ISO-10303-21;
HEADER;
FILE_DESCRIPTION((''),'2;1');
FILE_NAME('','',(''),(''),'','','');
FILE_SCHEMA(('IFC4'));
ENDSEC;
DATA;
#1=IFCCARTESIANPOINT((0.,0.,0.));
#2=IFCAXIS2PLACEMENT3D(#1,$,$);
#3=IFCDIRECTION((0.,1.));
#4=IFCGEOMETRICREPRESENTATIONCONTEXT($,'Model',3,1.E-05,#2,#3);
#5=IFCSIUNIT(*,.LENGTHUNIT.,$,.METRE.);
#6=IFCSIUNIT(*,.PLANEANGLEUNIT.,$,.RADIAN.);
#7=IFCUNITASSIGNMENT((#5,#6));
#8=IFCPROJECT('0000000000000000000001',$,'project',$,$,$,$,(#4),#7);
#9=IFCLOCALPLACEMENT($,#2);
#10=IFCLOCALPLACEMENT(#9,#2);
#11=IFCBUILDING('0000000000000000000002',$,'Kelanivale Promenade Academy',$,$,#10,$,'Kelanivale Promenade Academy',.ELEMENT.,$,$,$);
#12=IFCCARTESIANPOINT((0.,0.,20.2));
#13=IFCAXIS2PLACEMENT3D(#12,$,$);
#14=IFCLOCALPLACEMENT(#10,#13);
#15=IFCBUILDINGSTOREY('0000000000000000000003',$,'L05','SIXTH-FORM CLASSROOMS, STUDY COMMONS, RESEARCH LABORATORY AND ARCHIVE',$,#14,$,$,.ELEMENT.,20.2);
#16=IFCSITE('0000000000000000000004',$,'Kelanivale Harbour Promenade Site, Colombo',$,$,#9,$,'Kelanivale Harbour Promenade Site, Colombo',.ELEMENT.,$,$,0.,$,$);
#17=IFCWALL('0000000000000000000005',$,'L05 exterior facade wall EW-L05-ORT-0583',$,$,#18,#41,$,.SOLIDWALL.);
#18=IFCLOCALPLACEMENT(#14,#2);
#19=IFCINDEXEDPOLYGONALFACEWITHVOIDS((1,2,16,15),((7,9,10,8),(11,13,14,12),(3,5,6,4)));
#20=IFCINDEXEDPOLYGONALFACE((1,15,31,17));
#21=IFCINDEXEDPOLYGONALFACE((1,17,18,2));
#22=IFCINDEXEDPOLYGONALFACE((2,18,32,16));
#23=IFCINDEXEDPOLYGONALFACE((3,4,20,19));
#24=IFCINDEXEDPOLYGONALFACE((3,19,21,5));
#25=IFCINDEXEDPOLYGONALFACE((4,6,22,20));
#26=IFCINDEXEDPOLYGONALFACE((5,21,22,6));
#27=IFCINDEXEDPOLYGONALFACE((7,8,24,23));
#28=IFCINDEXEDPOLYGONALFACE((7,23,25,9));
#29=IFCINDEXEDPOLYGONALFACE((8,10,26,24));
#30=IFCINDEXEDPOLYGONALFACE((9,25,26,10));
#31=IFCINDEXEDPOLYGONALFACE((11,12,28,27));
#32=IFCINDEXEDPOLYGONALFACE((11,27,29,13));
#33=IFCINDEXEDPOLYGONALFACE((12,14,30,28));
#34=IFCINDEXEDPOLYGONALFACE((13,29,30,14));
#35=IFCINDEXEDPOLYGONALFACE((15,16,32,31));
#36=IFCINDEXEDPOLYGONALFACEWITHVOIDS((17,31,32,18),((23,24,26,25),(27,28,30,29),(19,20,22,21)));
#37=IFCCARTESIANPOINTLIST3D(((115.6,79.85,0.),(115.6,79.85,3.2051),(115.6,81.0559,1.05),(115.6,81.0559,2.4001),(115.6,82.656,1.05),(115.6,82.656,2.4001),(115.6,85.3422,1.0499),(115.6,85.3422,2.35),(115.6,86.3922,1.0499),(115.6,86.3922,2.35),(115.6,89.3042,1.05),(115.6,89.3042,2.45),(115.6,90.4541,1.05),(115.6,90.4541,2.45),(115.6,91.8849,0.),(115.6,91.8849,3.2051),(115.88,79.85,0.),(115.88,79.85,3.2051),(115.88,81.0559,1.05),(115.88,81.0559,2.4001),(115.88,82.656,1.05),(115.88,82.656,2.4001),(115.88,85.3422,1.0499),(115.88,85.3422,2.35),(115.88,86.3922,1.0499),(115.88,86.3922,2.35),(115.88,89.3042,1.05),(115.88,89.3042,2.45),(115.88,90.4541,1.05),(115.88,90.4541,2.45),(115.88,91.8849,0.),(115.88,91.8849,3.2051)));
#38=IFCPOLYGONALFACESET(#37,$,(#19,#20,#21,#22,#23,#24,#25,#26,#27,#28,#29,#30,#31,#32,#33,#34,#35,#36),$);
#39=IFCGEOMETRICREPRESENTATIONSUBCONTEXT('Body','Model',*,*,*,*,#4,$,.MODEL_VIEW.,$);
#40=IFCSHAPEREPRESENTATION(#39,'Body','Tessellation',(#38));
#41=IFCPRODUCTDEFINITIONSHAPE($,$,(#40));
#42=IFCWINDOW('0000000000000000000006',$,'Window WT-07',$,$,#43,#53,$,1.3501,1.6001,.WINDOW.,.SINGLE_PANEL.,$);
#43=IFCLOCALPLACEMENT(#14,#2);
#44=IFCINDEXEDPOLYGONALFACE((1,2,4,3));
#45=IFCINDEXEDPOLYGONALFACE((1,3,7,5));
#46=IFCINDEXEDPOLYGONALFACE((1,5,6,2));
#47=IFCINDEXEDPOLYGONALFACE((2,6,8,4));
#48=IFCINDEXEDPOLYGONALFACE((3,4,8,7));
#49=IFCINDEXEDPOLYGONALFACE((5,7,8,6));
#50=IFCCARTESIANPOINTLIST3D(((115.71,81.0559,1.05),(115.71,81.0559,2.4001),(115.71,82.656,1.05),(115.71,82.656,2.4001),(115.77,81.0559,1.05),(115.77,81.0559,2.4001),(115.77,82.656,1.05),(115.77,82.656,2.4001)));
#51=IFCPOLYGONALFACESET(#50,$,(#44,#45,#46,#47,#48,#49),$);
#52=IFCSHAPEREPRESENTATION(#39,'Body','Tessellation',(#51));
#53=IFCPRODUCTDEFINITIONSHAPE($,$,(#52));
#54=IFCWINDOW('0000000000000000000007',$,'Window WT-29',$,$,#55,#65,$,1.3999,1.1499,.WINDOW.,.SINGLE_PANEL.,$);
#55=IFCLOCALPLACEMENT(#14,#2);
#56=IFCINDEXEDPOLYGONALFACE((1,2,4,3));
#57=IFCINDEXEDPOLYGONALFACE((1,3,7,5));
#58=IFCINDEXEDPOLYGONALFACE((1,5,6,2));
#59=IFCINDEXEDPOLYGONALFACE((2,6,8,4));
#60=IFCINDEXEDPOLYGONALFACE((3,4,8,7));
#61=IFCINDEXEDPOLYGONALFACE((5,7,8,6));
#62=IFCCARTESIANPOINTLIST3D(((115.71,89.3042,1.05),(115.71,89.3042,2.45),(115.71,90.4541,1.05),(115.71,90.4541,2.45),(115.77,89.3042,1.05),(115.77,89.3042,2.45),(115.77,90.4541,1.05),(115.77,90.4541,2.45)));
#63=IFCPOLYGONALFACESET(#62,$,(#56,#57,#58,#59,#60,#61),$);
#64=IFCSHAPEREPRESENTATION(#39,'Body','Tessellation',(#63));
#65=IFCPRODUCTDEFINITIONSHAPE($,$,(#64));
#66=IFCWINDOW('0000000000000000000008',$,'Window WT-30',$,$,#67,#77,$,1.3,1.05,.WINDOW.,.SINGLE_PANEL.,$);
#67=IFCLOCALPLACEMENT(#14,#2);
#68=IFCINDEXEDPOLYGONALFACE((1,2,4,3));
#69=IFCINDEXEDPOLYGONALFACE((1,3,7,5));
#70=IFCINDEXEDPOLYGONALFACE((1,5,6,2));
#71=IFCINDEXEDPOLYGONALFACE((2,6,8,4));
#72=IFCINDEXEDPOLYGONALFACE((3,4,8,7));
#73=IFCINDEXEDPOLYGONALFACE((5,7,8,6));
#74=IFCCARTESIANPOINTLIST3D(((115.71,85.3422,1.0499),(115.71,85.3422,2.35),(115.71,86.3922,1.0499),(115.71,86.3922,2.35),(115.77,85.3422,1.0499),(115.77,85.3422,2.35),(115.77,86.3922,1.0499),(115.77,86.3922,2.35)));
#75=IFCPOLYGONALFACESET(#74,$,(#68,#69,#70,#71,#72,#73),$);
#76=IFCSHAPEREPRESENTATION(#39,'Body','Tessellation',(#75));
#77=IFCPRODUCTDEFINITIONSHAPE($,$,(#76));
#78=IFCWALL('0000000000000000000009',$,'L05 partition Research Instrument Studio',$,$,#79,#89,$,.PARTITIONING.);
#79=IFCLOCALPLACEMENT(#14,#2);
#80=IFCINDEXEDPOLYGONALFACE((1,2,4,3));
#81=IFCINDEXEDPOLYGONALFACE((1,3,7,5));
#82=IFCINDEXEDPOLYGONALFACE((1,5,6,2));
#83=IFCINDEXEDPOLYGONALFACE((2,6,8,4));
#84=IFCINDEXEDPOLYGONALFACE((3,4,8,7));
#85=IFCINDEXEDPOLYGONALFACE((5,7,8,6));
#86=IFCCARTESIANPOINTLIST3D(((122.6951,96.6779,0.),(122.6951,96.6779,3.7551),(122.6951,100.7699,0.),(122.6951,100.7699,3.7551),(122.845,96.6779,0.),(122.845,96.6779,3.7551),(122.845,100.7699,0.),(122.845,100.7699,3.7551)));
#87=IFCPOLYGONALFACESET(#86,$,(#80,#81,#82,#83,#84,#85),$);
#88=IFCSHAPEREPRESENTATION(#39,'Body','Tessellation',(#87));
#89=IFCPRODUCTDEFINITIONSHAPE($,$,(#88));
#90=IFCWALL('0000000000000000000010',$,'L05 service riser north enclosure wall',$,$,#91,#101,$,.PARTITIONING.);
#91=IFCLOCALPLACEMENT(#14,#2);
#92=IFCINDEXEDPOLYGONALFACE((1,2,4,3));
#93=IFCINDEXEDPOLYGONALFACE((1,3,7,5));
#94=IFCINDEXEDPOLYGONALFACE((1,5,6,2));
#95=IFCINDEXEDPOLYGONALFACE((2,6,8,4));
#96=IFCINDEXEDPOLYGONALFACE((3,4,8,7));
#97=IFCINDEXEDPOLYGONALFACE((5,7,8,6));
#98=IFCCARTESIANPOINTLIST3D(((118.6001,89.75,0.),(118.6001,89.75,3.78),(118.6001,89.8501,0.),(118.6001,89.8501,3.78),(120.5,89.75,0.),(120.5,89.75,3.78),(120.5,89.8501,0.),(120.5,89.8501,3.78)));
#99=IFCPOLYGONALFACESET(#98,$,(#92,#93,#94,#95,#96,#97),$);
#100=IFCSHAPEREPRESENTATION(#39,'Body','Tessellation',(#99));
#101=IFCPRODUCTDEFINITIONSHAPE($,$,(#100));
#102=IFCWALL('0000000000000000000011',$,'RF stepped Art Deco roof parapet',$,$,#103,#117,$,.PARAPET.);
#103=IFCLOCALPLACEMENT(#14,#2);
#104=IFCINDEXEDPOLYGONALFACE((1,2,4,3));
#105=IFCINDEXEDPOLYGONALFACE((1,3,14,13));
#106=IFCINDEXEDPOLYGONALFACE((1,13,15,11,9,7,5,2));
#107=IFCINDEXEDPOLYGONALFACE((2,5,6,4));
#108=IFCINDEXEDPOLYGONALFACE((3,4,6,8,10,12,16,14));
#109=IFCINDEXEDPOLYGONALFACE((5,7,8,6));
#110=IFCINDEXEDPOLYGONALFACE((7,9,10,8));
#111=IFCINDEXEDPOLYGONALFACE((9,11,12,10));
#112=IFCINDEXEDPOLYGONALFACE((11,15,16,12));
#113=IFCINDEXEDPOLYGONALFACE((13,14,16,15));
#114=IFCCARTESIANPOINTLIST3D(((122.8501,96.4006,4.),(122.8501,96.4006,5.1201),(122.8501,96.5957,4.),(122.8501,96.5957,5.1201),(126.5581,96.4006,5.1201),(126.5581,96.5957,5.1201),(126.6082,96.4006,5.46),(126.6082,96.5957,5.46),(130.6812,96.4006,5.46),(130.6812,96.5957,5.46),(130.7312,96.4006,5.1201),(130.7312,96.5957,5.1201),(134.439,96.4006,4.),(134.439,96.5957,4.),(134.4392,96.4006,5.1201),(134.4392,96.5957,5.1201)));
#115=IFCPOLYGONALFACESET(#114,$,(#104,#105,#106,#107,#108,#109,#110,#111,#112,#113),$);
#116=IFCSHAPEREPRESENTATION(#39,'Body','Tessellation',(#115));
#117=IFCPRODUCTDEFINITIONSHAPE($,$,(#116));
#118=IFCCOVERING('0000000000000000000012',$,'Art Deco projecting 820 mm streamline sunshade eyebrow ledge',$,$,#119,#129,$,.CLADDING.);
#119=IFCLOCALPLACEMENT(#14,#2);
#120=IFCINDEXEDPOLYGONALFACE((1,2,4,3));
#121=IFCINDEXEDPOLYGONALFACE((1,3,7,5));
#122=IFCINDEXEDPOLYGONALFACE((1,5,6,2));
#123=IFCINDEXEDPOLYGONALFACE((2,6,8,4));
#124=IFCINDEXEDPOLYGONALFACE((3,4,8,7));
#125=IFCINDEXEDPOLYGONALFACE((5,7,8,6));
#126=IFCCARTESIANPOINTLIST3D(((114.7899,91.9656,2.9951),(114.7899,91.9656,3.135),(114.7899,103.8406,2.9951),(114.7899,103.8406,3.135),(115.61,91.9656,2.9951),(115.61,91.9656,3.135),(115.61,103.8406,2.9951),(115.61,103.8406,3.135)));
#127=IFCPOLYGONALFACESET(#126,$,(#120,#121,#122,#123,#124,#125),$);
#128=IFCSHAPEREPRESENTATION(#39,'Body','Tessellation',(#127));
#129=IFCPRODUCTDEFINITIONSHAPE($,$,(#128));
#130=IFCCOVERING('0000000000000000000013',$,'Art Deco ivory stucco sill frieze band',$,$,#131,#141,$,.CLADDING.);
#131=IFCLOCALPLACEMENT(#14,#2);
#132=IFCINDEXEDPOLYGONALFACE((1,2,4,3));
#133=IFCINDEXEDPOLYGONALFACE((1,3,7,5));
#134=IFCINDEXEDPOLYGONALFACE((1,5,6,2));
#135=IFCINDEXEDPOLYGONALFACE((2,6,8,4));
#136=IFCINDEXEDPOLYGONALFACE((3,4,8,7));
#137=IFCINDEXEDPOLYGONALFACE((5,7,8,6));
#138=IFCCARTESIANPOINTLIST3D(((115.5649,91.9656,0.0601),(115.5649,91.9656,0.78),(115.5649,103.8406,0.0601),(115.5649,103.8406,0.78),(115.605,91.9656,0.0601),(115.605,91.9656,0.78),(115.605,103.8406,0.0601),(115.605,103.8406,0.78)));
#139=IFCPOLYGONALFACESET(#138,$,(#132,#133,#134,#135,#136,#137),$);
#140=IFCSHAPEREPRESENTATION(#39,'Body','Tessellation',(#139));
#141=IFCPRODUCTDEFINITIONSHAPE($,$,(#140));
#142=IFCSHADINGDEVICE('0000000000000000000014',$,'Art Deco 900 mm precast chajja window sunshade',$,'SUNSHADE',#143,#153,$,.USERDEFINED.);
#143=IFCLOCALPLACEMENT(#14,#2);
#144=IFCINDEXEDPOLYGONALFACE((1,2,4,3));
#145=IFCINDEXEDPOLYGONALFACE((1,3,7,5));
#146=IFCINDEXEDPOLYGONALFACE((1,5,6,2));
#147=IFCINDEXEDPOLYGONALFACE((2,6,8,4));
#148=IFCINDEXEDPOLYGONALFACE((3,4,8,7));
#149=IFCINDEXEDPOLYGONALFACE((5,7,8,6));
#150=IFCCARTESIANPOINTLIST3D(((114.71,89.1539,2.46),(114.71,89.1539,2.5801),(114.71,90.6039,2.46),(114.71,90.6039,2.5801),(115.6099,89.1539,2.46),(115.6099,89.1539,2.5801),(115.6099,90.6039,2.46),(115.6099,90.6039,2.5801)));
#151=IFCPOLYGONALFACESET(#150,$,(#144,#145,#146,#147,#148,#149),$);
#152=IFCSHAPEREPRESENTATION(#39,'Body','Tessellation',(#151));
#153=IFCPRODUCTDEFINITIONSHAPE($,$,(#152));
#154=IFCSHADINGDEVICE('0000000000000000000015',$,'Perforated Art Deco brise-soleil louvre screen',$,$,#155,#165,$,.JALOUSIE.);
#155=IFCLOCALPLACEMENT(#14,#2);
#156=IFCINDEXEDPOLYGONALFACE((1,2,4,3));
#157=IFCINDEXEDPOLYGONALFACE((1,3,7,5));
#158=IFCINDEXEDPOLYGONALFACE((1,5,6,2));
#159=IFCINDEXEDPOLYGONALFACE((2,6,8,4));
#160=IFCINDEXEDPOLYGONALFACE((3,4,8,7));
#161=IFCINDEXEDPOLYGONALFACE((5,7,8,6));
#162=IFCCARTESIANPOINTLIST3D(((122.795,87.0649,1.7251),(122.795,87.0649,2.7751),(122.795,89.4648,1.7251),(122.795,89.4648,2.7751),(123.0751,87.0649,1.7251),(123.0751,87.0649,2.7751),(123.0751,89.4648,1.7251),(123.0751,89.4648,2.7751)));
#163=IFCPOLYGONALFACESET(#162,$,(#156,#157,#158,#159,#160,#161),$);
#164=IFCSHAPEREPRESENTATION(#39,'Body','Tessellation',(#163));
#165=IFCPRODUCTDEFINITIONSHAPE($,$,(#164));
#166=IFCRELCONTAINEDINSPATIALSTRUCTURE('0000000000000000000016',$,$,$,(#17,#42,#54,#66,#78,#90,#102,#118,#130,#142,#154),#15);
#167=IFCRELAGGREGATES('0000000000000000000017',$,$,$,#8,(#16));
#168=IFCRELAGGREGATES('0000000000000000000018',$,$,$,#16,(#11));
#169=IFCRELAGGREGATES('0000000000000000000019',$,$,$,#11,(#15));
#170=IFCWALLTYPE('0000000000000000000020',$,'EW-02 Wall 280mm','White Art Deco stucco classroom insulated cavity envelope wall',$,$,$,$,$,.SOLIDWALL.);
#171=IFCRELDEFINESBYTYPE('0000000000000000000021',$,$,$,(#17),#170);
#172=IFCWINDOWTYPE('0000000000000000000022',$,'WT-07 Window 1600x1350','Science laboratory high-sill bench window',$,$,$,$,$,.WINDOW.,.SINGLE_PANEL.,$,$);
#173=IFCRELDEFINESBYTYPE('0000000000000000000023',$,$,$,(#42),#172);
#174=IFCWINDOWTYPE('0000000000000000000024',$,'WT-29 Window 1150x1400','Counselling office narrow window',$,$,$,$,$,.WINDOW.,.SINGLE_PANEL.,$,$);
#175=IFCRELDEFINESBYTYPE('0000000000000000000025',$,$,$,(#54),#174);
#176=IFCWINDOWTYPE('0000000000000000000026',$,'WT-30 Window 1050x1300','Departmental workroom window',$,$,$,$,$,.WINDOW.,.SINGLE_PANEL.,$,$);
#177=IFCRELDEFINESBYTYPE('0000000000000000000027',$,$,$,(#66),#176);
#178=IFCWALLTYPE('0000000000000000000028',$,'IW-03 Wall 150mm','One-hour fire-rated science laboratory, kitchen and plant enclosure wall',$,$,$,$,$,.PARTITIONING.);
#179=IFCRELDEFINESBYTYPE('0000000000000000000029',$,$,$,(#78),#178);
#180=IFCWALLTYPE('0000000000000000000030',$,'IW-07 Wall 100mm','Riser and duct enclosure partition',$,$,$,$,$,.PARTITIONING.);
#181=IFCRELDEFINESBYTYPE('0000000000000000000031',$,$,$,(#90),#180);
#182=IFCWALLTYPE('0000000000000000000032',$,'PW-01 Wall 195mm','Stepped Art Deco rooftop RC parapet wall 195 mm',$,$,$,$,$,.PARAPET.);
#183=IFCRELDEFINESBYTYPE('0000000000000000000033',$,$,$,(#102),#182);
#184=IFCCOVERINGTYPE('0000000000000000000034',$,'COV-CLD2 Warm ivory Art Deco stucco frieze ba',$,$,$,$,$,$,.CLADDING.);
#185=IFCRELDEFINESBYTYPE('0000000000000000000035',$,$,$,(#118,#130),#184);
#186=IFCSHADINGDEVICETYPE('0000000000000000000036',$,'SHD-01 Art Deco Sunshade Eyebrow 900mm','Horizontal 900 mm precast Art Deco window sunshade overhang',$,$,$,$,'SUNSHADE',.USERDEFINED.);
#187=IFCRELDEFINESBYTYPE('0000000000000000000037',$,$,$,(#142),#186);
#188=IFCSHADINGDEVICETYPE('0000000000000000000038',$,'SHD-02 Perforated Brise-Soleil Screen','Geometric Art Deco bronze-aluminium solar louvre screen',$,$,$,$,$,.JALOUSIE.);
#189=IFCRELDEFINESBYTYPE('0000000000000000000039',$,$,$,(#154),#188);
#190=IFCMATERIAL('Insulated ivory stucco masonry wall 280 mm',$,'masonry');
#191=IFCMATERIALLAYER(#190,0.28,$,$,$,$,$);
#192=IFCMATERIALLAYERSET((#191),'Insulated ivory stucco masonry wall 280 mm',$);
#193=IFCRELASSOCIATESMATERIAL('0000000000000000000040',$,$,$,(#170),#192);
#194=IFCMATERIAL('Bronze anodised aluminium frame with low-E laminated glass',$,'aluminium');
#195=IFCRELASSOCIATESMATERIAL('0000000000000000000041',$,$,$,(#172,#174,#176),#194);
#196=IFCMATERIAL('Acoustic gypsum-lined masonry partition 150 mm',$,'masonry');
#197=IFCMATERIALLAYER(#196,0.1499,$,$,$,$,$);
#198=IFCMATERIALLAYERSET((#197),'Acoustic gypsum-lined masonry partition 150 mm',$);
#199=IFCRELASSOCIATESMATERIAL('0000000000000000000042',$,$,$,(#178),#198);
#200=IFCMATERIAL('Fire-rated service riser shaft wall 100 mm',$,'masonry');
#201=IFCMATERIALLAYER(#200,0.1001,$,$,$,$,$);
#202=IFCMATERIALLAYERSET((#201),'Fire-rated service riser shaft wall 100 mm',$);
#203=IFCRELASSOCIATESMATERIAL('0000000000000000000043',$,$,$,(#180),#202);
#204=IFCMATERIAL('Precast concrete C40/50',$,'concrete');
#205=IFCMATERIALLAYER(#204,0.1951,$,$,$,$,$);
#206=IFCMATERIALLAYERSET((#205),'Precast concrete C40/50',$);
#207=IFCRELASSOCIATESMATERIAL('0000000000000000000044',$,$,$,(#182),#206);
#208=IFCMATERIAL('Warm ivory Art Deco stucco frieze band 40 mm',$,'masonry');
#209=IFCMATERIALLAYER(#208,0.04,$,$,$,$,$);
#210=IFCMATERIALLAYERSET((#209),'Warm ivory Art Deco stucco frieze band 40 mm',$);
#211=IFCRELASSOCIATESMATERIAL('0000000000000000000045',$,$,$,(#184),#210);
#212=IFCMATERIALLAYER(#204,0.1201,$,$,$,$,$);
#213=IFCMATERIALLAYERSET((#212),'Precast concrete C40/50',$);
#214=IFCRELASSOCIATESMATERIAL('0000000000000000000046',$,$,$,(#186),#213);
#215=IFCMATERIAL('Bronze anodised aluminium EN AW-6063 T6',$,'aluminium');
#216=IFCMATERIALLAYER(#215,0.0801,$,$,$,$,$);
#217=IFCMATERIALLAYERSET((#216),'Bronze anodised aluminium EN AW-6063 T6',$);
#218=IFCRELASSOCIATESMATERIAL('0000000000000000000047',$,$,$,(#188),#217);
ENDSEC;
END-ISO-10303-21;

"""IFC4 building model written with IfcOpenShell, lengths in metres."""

from ifc_helpers import new_model, si_unit, direction, frame, frame_2d, origin, origin_2d, place, context, subcontext, project, spatial, polyline, rectangle, outline, extrude, material, layer, layer_set, type_object, element, fill, save


model = new_model("IFC4")

# Units and contexts
model_context = context("Model", 3, precision=1e-05, world=origin(), true_north=direction((0.0, 1.0)))
body_context = subcontext(model_context, "Body", "Model", "MODEL_VIEW")
ifc_project = project(units=[si_unit("LENGTHUNIT", "METRE"), si_unit("PLANEANGLEUNIT", "RADIAN")], contexts=[model_context])

# Site, building, storey
site_placement = place(None, origin())
site = spatial("IfcSite", under=ifc_project, at=site_placement, Name="Kelanivale Harbour Promenade Site, Colombo", LongName="Kelanivale Harbour Promenade Site, Colombo", CompositionType="ELEMENT", RefElevation=0.0)
building_placement = place(site_placement, origin())
building = spatial("IfcBuilding", under=site, at=building_placement, Name="Kelanivale Promenade Academy", LongName="Kelanivale Promenade Academy", CompositionType="ELEMENT")
storey_placement = place(building_placement, frame((0.0, 0.0, 20.2)))
storey = spatial("IfcBuildingStorey", under=building, at=storey_placement, Name="L05", Description="SIXTH-FORM CLASSROOMS, STUDY COMMONS, RESEARCH LABORATORY AND ARCHIVE", CompositionType="ELEMENT", Elevation=20.2)

# Wall, openings, windows
ifc_material_1 = material(Name="Insulated ivory stucco masonry wall 280 mm", Category="masonry")
ifc_layer_1 = layer(ifc_material_1, 0.28)
ifc_layer_set_1 = layer_set([ifc_layer_1], Name="Insulated ivory stucco masonry wall 280 mm")
wall_type_1 = type_object("IfcWallType", Name="EW-02 Wall 280mm", Description="White Art Deco stucco classroom insulated cavity envelope wall", PredefinedType="SOLIDWALL", material=ifc_layer_set_1)
ifc_material_2 = material(Name="Bronze anodised aluminium frame with low-E laminated glass", Category="aluminium")
wall_1_placement = place(storey_placement, frame((115.74, 91.885, 0.0), z_axis=(0.0, 0.0, 1.0), x_axis=(0.0, -1.0, 0.0)))
wall_1 = element("IfcWall", 1, at=wall_1_placement, inside=storey, type_object=wall_type_1, Name="L05 exterior facade wall EW-L05-ORT-0583", PredefinedType="SOLIDWALL", context=body_context, shape_type="SweptSolid", body=[
    extrude(rectangle(XDim=12.0349, YDim=0.28, at=frame_2d((6.0176, 0.0))), origin(), (0.0, 0.0, 1.0), 3.2051),
])
opening_1_placement = place(wall_1_placement, frame((1.4309, 0.0, 1.05)))
opening_1 = element("IfcOpeningElement", 2, at=opening_1_placement, cuts=wall_1, PredefinedType="OPENING", context=body_context, shape_type="SweptSolid", body=[
    extrude(rectangle(XDim=1.1499, YDim=1.3999, at=frame_2d((0.575, 0.7))), frame((0.0, 0.1499, 0.0), z_axis=(0.0, -1.0, 0.0), x_axis=(1.0, 0.0, 0.0)), (0.0, 0.0, 1.0), 0.3),
])
opening_2_placement = place(wall_1_placement, frame((5.4929, 0.0, 1.05)))
opening_2 = element("IfcOpeningElement", 3, at=opening_2_placement, cuts=wall_1, PredefinedType="OPENING", context=body_context, shape_type="SweptSolid", body=[
    extrude(rectangle(XDim=1.05, YDim=1.3, at=frame_2d((0.5249, 0.6499))), frame((0.0, 0.1499, 0.0), z_axis=(0.0, -1.0, 0.0), x_axis=(1.0, 0.0, 0.0)), (0.0, 0.0, 1.0), 0.3),
])
opening_3_placement = place(wall_1_placement, frame((9.229, 0.0, 1.05)))
opening_3 = element("IfcOpeningElement", 4, at=opening_3_placement, cuts=wall_1, PredefinedType="OPENING", context=body_context, shape_type="SweptSolid", body=[
    extrude(rectangle(XDim=1.6001, YDim=1.3501, at=frame_2d((0.8, 0.675))), frame((0.0, 0.1499, 0.0), z_axis=(0.0, -1.0, 0.0), x_axis=(1.0, 0.0, 0.0)), (0.0, 0.0, 1.0), 0.3),
])
window_type_1 = type_object("IfcWindowType", Name="WT-07 Window 1600x1350", Description="Science laboratory high-sill bench window", PartitioningType="SINGLE_PANEL", PredefinedType="WINDOW", material=ifc_material_2)
window_1_placement = place(opening_3_placement, origin())
window_1 = element("IfcWindow", 5, at=window_1_placement, inside=storey, type_object=window_type_1, Name="Window WT-07", OverallHeight=1.3501, OverallWidth=1.6001, PartitioningType="SINGLE_PANEL", PredefinedType="WINDOW", context=body_context, shape_type="SweptSolid", body=[
    extrude(rectangle(XDim=1.6001, YDim=1.3501, at=frame_2d((0.8, 0.675))), frame((0.0, 0.03, 0.0), z_axis=(0.0, -1.0, 0.0), x_axis=(1.0, 0.0, 0.0)), (0.0, 0.0, 1.0), 0.0601),
])
fill(opening_3, window_1)
window_type_2 = type_object("IfcWindowType", Name="WT-29 Window 1150x1400", Description="Counselling office narrow window", PartitioningType="SINGLE_PANEL", PredefinedType="WINDOW", material=ifc_material_2)
window_2_placement = place(opening_1_placement, origin())
window_2 = element("IfcWindow", 6, at=window_2_placement, inside=storey, type_object=window_type_2, Name="Window WT-29", OverallHeight=1.3999, OverallWidth=1.1499, PartitioningType="SINGLE_PANEL", PredefinedType="WINDOW", context=body_context, shape_type="SweptSolid", body=[
    extrude(rectangle(XDim=1.1499, YDim=1.3999, at=frame_2d((0.575, 0.7))), frame((0.0, 0.03, 0.0), z_axis=(0.0, -1.0, 0.0), x_axis=(1.0, 0.0, 0.0)), (0.0, 0.0, 1.0), 0.0601),
])
fill(opening_1, window_2)
window_type_3 = type_object("IfcWindowType", Name="WT-30 Window 1050x1300", Description="Departmental workroom window", PartitioningType="SINGLE_PANEL", PredefinedType="WINDOW", material=ifc_material_2)
window_3_placement = place(opening_2_placement, origin())
window_3 = element("IfcWindow", 7, at=window_3_placement, inside=storey, type_object=window_type_3, Name="Window WT-30", OverallHeight=1.3, OverallWidth=1.05, PartitioningType="SINGLE_PANEL", PredefinedType="WINDOW", context=body_context, shape_type="SweptSolid", body=[
    extrude(rectangle(XDim=1.05, YDim=1.3, at=frame_2d((0.5249, 0.6499))), frame((0.0, 0.03, 0.0), z_axis=(0.0, -1.0, 0.0), x_axis=(1.0, 0.0, 0.0)), (0.0, 0.0, 1.0), 0.0601),
])
fill(opening_2, window_3)

# Walls
ifc_material_3 = material(Name="Acoustic gypsum-lined masonry partition 150 mm", Category="masonry")
ifc_layer_2 = layer(ifc_material_3, 0.1499)
ifc_layer_set_2 = layer_set([ifc_layer_2], Name="Acoustic gypsum-lined masonry partition 150 mm")
wall_type_2 = type_object("IfcWallType", Name="IW-03 Wall 150mm", Description="One-hour fire-rated science laboratory, kitchen and plant enclosure wall", PredefinedType="PARTITIONING", material=ifc_layer_set_2)
wall_2_placement = place(storey_placement, frame((122.77, 96.678, 0.0), z_axis=(0.0, 0.0, 1.0), x_axis=(0.0, 1.0, 0.0)))
element("IfcWall", 8, at=wall_2_placement, inside=storey, type_object=wall_type_2, Name="L05 partition Research Instrument Studio", PredefinedType="PARTITIONING", context=body_context, shape_type="SweptSolid", body=[
    extrude(rectangle(XDim=4.092, YDim=0.1499, at=frame_2d((2.0459, 0.0))), origin(), (0.0, 0.0, 1.0), 3.7551),
])
ifc_material_4 = material(Name="Fire-rated service riser shaft wall 100 mm", Category="masonry")
ifc_layer_3 = layer(ifc_material_4, 0.1001)
ifc_layer_set_3 = layer_set([ifc_layer_3], Name="Fire-rated service riser shaft wall 100 mm")
wall_type_3 = type_object("IfcWallType", Name="IW-07 Wall 100mm", Description="Riser and duct enclosure partition", PredefinedType="PARTITIONING", material=ifc_layer_set_3)
wall_3_placement = place(storey_placement, frame((118.6001, 89.8, 0.0), z_axis=(0.0, 0.0, 1.0), x_axis=(1.0, 0.0, 0.0)))
element("IfcWall", 9, at=wall_3_placement, inside=storey, type_object=wall_type_3, Name="L05 service riser north enclosure wall", PredefinedType="PARTITIONING", context=body_context, shape_type="SweptSolid", body=[
    extrude(rectangle(XDim=1.8999, YDim=0.1001, at=frame_2d((0.95, 0.0))), origin(), (0.0, 0.0, 1.0), 3.78),
])
ifc_material_5 = material(Name="Precast concrete C40/50", Category="concrete")
ifc_layer_4 = layer(ifc_material_5, 0.1951)
ifc_layer_set_4 = layer_set([ifc_layer_4], Name="Precast concrete C40/50")
wall_type_4 = type_object("IfcWallType", Name="PW-01 Wall 195mm", Description="Stepped Art Deco rooftop RC parapet wall 195 mm", PredefinedType="PARAPET", material=ifc_layer_set_4)
wall_4_placement = place(storey_placement, frame((122.8501, 96.498, 4.0), z_axis=(0.0, 0.0, 1.0), x_axis=(1.0, 0.0, 0.0)))
element("IfcWall", 10, at=wall_4_placement, inside=storey, type_object=wall_type_4, Name="RF stepped Art Deco roof parapet", PredefinedType="PARAPET", context=body_context, shape_type="SweptSolid", body=[
    extrude(outline(polyline([(0.0, 0.0), (11.5889, 0.0), (11.5891, 1.1201), (7.8811, 1.1201), (7.8311, 1.46), (3.7581, 1.46), (3.708, 1.1201), (0.0, 1.1201), (0.0, 0.0)])), frame((0.0, 0.0977, 0.0), z_axis=(0.0, -1.0, 0.0), x_axis=(1.0, 0.0, 0.0)), (0.0, 0.0, 1.0), 0.1951),
])

# Coverings
ifc_material_6 = material(Name="Warm ivory Art Deco stucco frieze band 40 mm", Category="masonry")
ifc_layer_5 = layer(ifc_material_6, 0.04)
ifc_layer_set_5 = layer_set([ifc_layer_5], Name="Warm ivory Art Deco stucco frieze band 40 mm")
covering_type = type_object("IfcCoveringType", Name="COV-CLD2 Warm ivory Art Deco stucco frieze ba", PredefinedType="CLADDING", material=ifc_layer_set_5)
covering_1_placement = place(storey_placement, frame((115.2, 97.9031, 2.9951), z_axis=(0.0, 0.0, 1.0), x_axis=(0.0, -1.0, 0.0)))
element("IfcCovering", 11, at=covering_1_placement, inside=storey, type_object=covering_type, Name="Art Deco projecting 820 mm streamline sunshade eyebrow ledge", PredefinedType="CLADDING", context=body_context, shape_type="SweptSolid", body=[
    extrude(rectangle(XDim=11.875, YDim=0.8201, at=origin_2d()), origin(), (0.0, 0.0, 1.0), 0.1399),
])
covering_2_placement = place(storey_placement, frame((115.585, 97.9031, 0.0601), z_axis=(0.0, 0.0, 1.0), x_axis=(0.0, -1.0, 0.0)))
element("IfcCovering", 12, at=covering_2_placement, inside=storey, type_object=covering_type, Name="Art Deco ivory stucco sill frieze band", PredefinedType="CLADDING", context=body_context, shape_type="SweptSolid", body=[
    extrude(rectangle(XDim=11.875, YDim=0.04, at=origin_2d()), origin(), (0.0, 0.0, 1.0), 0.72),
])

# Shading devices
ifc_layer_6 = layer(ifc_material_5, 0.1201)
ifc_layer_set_6 = layer_set([ifc_layer_6], Name="Precast concrete C40/50")
shading_device_type_1 = type_object("IfcShadingDeviceType", Name="SHD-01 Art Deco Sunshade Eyebrow 900mm", Description="Horizontal 900 mm precast Art Deco window sunshade overhang", ElementType="SUNSHADE", PredefinedType="USERDEFINED", material=ifc_layer_set_6)
shading_device_placement = place(storey_placement, frame((115.1599, 89.8789, 2.46), z_axis=(0.0, 0.0, 1.0), x_axis=(0.0, -1.0, 0.0)))
element("IfcShadingDevice", 13, at=shading_device_placement, inside=storey, type_object=shading_device_type_1, Name="Art Deco 900 mm precast chajja window sunshade", ObjectType="SUNSHADE", PredefinedType="USERDEFINED", context=body_context, shape_type="SweptSolid", body=[
    extrude(rectangle(XDim=1.45, YDim=0.8999, at=origin_2d()), origin(), (0.0, 0.0, 1.0), 0.1201),
])
ifc_material_7 = material(Name="Bronze anodised aluminium EN AW-6063 T6", Category="aluminium")
ifc_layer_7 = layer(ifc_material_7, 0.0801)
ifc_layer_set_7 = layer_set([ifc_layer_7], Name="Bronze anodised aluminium EN AW-6063 T6")
shading_device_type_2 = type_object("IfcShadingDeviceType", Name="SHD-02 Perforated Brise-Soleil Screen", Description="Geometric Art Deco bronze-aluminium solar louvre screen", PredefinedType="JALOUSIE", material=ifc_layer_set_7)
for number, where, z_axis, x_axis, name in (
    (14, (122.9351, 88.2649, 1.7251), (0.0, 0.0, 1.0), (0.0, 1.0, 0.0), "Perforated Art Deco brise-soleil louvre screen"),
):
    element("IfcShadingDevice", number, at=place(storey_placement, frame(where, z_axis=z_axis, x_axis=x_axis)), inside=storey, type_object=shading_device_type_2, Name=name, PredefinedType="JALOUSIE", context=body_context, shape_type="SweptSolid", body=[
        extrude(rectangle(XDim=2.3999, YDim=0.28, at=origin_2d()), origin(), (0.0, 0.0, 1.0), 1.05),
    ])

save(model, "model.ifc")
